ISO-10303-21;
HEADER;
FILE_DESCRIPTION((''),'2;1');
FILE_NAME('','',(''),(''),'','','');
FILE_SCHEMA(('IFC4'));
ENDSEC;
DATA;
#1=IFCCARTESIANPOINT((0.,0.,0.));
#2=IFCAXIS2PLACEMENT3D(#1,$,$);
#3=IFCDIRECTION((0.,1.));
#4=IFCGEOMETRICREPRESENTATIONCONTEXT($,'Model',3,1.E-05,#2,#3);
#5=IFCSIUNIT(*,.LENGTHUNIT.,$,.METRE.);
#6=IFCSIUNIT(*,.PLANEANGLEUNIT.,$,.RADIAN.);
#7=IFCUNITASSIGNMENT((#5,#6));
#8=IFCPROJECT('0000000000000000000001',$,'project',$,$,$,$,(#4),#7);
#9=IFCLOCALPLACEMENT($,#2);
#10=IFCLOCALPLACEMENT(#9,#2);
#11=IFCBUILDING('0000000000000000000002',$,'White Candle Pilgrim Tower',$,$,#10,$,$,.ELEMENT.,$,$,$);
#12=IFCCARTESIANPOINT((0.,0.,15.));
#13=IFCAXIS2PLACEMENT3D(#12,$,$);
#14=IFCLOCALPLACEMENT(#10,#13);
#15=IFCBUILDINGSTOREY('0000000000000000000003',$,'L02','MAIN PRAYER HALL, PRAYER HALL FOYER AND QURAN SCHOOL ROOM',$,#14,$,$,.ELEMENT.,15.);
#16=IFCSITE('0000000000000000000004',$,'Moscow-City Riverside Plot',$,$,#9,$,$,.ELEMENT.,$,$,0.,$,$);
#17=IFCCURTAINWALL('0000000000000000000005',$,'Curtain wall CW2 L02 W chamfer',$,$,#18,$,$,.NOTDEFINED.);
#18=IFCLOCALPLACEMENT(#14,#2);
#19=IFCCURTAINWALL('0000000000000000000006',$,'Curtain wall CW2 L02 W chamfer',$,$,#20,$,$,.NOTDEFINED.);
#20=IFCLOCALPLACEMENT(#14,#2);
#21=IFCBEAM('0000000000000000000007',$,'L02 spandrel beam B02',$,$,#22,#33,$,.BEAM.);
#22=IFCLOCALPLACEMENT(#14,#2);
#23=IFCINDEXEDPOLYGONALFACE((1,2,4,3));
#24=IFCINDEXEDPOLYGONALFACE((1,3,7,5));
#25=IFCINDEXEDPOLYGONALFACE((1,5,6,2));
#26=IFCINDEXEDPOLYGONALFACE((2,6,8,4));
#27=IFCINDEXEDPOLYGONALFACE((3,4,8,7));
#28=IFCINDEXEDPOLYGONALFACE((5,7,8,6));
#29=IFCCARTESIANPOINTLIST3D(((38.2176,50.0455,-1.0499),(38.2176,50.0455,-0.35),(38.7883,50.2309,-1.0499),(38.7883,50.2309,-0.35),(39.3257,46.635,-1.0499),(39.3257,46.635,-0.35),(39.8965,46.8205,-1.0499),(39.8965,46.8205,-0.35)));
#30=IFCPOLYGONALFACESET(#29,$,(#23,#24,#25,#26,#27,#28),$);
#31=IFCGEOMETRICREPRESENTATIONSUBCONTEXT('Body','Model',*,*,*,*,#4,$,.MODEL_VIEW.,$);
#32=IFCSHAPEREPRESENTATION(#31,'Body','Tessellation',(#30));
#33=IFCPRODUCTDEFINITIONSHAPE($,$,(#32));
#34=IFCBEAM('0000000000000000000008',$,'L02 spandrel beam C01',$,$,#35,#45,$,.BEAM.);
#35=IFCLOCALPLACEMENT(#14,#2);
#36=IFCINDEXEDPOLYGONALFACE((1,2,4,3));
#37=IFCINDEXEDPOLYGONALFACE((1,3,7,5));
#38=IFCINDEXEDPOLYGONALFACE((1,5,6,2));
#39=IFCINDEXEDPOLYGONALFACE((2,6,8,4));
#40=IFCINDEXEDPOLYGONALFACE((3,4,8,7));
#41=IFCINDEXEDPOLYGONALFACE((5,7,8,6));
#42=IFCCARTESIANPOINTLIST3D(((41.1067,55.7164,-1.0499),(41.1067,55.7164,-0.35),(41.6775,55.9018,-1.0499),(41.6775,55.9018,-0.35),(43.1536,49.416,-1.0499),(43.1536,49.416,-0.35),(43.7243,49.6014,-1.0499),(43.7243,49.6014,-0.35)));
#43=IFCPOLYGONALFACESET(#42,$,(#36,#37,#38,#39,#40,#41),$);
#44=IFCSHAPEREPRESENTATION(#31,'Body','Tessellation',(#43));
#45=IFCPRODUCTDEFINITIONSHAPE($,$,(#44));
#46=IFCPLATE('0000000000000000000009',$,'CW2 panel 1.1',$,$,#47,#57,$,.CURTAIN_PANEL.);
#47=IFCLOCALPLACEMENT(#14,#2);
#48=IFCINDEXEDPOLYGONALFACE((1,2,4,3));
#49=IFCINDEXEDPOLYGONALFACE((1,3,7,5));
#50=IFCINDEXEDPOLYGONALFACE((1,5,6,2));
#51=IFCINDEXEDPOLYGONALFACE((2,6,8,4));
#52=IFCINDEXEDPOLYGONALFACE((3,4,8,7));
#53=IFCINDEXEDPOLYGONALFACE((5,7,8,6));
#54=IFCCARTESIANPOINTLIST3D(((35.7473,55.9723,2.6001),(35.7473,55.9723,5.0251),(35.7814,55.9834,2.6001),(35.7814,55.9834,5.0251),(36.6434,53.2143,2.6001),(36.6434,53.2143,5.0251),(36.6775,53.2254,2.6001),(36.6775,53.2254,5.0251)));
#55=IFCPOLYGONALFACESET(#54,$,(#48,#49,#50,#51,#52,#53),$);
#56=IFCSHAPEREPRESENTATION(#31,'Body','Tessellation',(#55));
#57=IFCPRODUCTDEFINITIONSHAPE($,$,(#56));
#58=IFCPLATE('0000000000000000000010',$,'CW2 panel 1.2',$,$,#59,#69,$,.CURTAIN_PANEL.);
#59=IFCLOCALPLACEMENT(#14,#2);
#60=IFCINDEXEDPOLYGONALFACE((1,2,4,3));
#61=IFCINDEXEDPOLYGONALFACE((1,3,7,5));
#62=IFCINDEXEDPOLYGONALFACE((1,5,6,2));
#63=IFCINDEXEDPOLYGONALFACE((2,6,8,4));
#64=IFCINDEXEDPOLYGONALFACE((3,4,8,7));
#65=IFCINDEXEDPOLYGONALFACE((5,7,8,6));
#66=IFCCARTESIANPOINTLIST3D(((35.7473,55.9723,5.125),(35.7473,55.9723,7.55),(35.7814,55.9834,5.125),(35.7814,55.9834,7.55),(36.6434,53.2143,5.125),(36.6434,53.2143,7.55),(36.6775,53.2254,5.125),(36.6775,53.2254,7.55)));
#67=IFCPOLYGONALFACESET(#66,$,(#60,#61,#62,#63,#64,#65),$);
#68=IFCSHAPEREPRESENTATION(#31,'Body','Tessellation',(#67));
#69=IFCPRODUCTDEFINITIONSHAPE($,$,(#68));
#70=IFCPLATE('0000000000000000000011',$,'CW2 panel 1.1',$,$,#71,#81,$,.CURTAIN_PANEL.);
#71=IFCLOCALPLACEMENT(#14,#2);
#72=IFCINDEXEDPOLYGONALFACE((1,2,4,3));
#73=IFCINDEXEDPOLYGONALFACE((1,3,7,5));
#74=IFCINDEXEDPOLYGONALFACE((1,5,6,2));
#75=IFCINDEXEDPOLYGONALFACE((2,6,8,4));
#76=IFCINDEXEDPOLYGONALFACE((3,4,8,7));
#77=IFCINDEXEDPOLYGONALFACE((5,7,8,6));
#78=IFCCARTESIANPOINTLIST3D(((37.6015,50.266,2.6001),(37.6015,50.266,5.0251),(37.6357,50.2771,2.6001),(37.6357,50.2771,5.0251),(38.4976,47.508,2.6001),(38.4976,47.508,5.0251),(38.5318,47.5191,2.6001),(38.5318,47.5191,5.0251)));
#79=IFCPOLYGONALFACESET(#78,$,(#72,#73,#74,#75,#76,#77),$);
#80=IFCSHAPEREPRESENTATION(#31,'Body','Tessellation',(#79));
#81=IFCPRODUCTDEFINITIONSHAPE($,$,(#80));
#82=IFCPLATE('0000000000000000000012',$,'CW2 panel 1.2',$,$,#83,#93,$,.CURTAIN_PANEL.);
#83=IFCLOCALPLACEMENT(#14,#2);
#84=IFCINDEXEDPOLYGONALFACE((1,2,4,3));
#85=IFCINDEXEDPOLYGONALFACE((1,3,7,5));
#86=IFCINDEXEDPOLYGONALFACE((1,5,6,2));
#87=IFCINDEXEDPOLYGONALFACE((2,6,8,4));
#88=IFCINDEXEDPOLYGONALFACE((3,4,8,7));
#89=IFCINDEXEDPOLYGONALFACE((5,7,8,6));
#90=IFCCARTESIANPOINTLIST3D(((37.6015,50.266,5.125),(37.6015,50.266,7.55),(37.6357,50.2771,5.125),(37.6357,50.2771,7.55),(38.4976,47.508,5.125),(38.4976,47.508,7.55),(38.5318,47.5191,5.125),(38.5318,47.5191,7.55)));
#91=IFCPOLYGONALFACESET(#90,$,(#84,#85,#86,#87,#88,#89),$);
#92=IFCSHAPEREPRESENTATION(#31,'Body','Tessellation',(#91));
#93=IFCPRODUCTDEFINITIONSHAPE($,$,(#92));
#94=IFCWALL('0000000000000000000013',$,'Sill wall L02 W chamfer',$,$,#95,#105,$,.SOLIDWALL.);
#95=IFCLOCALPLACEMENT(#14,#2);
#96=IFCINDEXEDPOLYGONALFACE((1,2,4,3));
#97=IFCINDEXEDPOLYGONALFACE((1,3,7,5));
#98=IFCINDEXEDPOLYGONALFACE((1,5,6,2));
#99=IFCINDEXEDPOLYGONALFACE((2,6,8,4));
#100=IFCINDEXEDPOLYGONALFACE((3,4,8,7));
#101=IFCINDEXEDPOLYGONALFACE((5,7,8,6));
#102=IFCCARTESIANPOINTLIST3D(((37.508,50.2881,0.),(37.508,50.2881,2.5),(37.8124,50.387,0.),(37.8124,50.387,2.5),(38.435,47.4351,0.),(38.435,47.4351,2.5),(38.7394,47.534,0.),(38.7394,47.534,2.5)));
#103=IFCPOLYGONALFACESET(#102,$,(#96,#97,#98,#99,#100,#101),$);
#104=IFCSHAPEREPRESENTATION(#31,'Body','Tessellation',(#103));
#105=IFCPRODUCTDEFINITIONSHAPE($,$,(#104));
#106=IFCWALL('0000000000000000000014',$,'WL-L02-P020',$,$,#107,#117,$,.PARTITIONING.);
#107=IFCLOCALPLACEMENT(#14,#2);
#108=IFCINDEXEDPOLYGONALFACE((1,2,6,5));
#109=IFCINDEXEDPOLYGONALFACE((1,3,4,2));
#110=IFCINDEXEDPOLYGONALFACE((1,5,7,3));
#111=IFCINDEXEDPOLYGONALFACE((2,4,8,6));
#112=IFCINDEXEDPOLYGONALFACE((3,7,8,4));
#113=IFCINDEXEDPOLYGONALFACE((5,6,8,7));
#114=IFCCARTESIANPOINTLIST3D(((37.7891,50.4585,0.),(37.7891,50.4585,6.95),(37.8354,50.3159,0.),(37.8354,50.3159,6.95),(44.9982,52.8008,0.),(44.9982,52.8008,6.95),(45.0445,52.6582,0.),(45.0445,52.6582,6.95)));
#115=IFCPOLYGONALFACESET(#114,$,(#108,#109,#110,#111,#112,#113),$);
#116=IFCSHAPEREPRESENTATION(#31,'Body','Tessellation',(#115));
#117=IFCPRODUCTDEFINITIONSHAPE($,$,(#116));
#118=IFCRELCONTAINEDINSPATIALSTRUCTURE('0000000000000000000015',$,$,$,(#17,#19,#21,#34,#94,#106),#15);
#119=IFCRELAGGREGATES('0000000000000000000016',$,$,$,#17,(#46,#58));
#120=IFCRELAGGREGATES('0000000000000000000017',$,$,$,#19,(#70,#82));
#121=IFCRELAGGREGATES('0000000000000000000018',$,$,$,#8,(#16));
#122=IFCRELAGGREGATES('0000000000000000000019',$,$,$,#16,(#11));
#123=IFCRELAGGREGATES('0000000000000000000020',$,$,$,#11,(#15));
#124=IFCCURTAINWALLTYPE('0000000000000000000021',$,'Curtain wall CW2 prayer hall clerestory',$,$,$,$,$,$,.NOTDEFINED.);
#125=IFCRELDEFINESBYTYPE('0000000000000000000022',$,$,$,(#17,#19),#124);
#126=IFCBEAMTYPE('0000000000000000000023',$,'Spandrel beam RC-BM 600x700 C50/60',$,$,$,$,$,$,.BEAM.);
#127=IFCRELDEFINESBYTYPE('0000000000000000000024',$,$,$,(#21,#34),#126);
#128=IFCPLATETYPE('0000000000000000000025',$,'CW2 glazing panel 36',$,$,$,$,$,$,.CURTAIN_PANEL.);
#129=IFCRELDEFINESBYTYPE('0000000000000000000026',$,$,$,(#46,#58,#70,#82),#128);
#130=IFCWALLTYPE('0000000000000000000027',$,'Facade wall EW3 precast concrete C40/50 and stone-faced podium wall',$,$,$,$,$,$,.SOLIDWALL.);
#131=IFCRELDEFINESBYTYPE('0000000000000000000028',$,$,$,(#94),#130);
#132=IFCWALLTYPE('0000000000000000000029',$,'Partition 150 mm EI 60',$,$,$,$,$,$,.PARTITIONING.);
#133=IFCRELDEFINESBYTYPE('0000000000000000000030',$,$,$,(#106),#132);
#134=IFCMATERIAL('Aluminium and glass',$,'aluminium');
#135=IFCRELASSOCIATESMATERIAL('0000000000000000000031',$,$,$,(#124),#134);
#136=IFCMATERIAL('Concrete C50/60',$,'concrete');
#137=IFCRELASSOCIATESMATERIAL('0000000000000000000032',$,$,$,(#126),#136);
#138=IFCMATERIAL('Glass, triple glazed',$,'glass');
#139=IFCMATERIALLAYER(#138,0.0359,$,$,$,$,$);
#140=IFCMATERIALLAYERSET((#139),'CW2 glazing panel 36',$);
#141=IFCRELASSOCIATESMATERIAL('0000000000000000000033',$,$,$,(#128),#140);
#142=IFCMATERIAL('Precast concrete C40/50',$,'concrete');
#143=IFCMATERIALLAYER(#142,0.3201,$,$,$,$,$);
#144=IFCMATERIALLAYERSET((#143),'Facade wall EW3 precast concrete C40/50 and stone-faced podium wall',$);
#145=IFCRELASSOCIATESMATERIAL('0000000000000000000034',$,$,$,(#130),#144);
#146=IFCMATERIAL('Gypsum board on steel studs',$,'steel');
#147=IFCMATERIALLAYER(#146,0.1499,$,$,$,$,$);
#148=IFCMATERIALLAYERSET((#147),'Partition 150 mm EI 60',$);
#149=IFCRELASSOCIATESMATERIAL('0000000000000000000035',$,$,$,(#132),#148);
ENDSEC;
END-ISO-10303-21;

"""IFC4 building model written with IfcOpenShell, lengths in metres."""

from ifc_helpers import new_model, si_unit, direction, frame, frame_2d, origin, origin_2d, place, context, subcontext, project, spatial, rectangle, extrude, material, layer, layer_set, material_profile, profile_set, type_object, element, aggregate, save


model = new_model("IFC4")

# Units and contexts
model_context = context("Model", 3, precision=1e-05, world=origin(), true_north=direction((0.0, 1.0)))
body_context = subcontext(model_context, "Body", "Model", "MODEL_VIEW")
ifc_project = project(units=[si_unit("LENGTHUNIT", "METRE"), si_unit("PLANEANGLEUNIT", "RADIAN")], contexts=[model_context])

# Site, building, storey
site_placement = place(None, origin())
site = spatial("IfcSite", under=ifc_project, at=site_placement, Name="Moscow-City Riverside Plot", CompositionType="ELEMENT", RefElevation=0.0)
building_placement = place(site_placement, origin())
building = spatial("IfcBuilding", under=site, at=building_placement, Name="White Candle Pilgrim Tower", CompositionType="ELEMENT")
storey_placement = place(building_placement, frame((0.0, 0.0, 15.0)))
storey = spatial("IfcBuildingStorey", under=building, at=storey_placement, Name="L02", Description="MAIN PRAYER HALL, PRAYER HALL FOYER AND QURAN SCHOOL ROOM", CompositionType="ELEMENT", Elevation=15.0)

# Curtain wall
ifc_material_1 = material(Name="Aluminium and glass", Category="aluminium")
curtain_wall_type = type_object("IfcCurtainWallType", Name="Curtain wall CW2 prayer hall clerestory", PredefinedType="NOTDEFINED", material=ifc_material_1)
curtain_wall_1_placement = place(storey_placement, origin())
curtain_wall_1 = element("IfcCurtainWall", 1, at=curtain_wall_1_placement, inside=storey, type_object=curtain_wall_type, Name="Curtain wall CW2 L02 W chamfer", PredefinedType="NOTDEFINED")

# Curtain wall
curtain_wall_2_placement = place(storey_placement, origin())
curtain_wall_2 = element("IfcCurtainWall", 2, at=curtain_wall_2_placement, inside=storey, type_object=curtain_wall_type, Name="Curtain wall CW2 L02 W chamfer", PredefinedType="NOTDEFINED")

# Beams
ifc_material_2 = material(Name="Concrete C50/60", Category="concrete")
ifc_material_profile_1 = material_profile(ifc_material_2, rectangle(XDim=0.6001, YDim=0.7, at=origin_2d()), Name="RC-BM 600x700")
ifc_profile_set_1 = profile_set([ifc_material_profile_1], Name="Concrete C50/60")
beam_type = type_object("IfcBeamType", Name="Spandrel beam RC-BM 600x700 C50/60", PredefinedType="BEAM", material=ifc_profile_set_1)
beam_1_placement = place(storey_placement, frame((38.5029, 50.1382, -0.7), z_axis=(0.309029, -0.951053, 0.0), x_axis=(0.951053, 0.309029, 0.0)))
element("IfcBeam", 3, at=beam_1_placement, inside=storey, type_object=beam_type, Name="L02 spandrel beam B02", PredefinedType="BEAM", context=body_context, shape_type="SweptSolid", body=[
    extrude(rectangle(XDim=0.6001, YDim=0.7, at=origin_2d()), origin(), (0.0, 0.0, 1.0), 3.5859),
])
beam_2_placement = place(storey_placement, frame((41.3921, 55.8091, -0.7), z_axis=(0.308988, -0.951066, 0.0), x_axis=(0.951066, 0.308988, 0.0)))
element("IfcBeam", 4, at=beam_2_placement, inside=storey, type_object=beam_type, Name="L02 spandrel beam C01", PredefinedType="BEAM", context=body_context, shape_type="SweptSolid", body=[
    extrude(rectangle(XDim=0.6001, YDim=0.7, at=origin_2d()), origin(), (0.0, 0.0, 1.0), 6.6245),
])

# Plates
ifc_material_3 = material(Name="Glass, triple glazed", Category="glass")
ifc_layer_1 = layer(ifc_material_3, 0.0359)
ifc_layer_set_1 = layer_set([ifc_layer_1], Name="CW2 glazing panel 36")
plate_type = type_object("IfcPlateType", Name="CW2 glazing panel 36", PredefinedType="CURTAIN_PANEL", material=ifc_layer_set_1)
plate_1_placement = place(storey_placement, frame((36.2124, 54.5989, 2.6001), z_axis=(0.0, 0.0, 1.0), x_axis=(0.309017, -0.951057, 0.0)))
plate_1 = element("IfcPlate", 5, at=plate_1_placement, type_object=plate_type, Name="CW2 panel 1.1", PredefinedType="CURTAIN_PANEL", context=body_context, shape_type="SweptSolid", body=[
    extrude(rectangle(XDim=2.8999, YDim=0.0359, at=origin_2d()), origin(), (0.0, 0.0, 1.0), 2.425),
])
plate_2_placement = place(storey_placement, frame((36.2124, 54.5989, 5.125), z_axis=(0.0, 0.0, 1.0), x_axis=(0.309017, -0.951057, 0.0)))
plate_2 = element("IfcPlate", 6, at=plate_2_placement, type_object=plate_type, Name="CW2 panel 1.2", PredefinedType="CURTAIN_PANEL", context=body_context, shape_type="SweptSolid", body=[
    extrude(rectangle(XDim=2.8999, YDim=0.0359, at=origin_2d()), origin(), (0.0, 0.0, 1.0), 2.425),
])
aggregate(curtain_wall_1, [plate_1, plate_2])
plate_3_placement = place(storey_placement, frame((38.0667, 48.8926, 2.6001), z_axis=(0.0, 0.0, 1.0), x_axis=(0.309017, -0.951057, 0.0)))
plate_3 = element("IfcPlate", 7, at=plate_3_placement, type_object=plate_type, Name="CW2 panel 1.1", PredefinedType="CURTAIN_PANEL", context=body_context, shape_type="SweptSolid", body=[
    extrude(rectangle(XDim=2.8999, YDim=0.0359, at=origin_2d()), origin(), (0.0, 0.0, 1.0), 2.425),
])
plate_4_placement = place(storey_placement, frame((38.0667, 48.8926, 5.125), z_axis=(0.0, 0.0, 1.0), x_axis=(0.309017, -0.951057, 0.0)))
plate_4 = element("IfcPlate", 8, at=plate_4_placement, type_object=plate_type, Name="CW2 panel 1.2", PredefinedType="CURTAIN_PANEL", context=body_context, shape_type="SweptSolid", body=[
    extrude(rectangle(XDim=2.8999, YDim=0.0359, at=origin_2d()), origin(), (0.0, 0.0, 1.0), 2.425),
])
aggregate(curtain_wall_2, [plate_3, plate_4])

# Shared definitions
ifc_material_4 = material(Name="Precast concrete C40/50", Category="concrete")
ifc_layer_2 = layer(ifc_material_4, 0.3201)
ifc_layer_set_2 = layer_set([ifc_layer_2], Name="Facade wall EW3 precast concrete C40/50 and stone-faced podium wall")
wall_type_1 = type_object("IfcWallType", Name="Facade wall EW3 precast concrete C40/50 and stone-faced podium wall", PredefinedType="SOLIDWALL", material=ifc_layer_set_2)

# Walls
wall_1_placement = place(storey_placement, frame((37.6602, 50.3376, 0.0), z_axis=(0.0, 0.0, 1.0), x_axis=(0.309016, -0.951057, 0.0)))
element("IfcWall", 9, at=wall_1_placement, inside=storey, type_object=wall_type_1, Name="Sill wall L02 W chamfer", PredefinedType="SOLIDWALL", context=body_context, shape_type="SweptSolid", body=[
    extrude(rectangle(XDim=2.9998, YDim=0.3201, at=frame_2d((1.5, 0.0))), origin(), (0.0, 0.0, 1.0), 2.5),
])
ifc_material_5 = material(Name="Gypsum board on steel studs", Category="steel")
ifc_layer_3 = layer(ifc_material_5, 0.1499)
ifc_layer_set_3 = layer_set([ifc_layer_3], Name="Partition 150 mm EI 60")
wall_type_2 = type_object("IfcWallType", Name="Partition 150 mm EI 60", PredefinedType="PARTITIONING", material=ifc_layer_set_3)
wall_2_placement = place(storey_placement, frame((37.8123, 50.3872, 0.0), z_axis=(0.0, 0.0, 1.0), x_axis=(0.951059, 0.30901, 0.0)))
element("IfcWall", 10, at=wall_2_placement, inside=storey, type_object=wall_type_2, Name="WL-L02-P020", PredefinedType="PARTITIONING", context=body_context, shape_type="SweptSolid", body=[
    extrude(rectangle(XDim=7.5801, YDim=0.1499, at=frame_2d((3.79, 0.0))), origin(), (0.0, 0.0, 1.0), 6.95),
])

save(model, "model.ifc")
